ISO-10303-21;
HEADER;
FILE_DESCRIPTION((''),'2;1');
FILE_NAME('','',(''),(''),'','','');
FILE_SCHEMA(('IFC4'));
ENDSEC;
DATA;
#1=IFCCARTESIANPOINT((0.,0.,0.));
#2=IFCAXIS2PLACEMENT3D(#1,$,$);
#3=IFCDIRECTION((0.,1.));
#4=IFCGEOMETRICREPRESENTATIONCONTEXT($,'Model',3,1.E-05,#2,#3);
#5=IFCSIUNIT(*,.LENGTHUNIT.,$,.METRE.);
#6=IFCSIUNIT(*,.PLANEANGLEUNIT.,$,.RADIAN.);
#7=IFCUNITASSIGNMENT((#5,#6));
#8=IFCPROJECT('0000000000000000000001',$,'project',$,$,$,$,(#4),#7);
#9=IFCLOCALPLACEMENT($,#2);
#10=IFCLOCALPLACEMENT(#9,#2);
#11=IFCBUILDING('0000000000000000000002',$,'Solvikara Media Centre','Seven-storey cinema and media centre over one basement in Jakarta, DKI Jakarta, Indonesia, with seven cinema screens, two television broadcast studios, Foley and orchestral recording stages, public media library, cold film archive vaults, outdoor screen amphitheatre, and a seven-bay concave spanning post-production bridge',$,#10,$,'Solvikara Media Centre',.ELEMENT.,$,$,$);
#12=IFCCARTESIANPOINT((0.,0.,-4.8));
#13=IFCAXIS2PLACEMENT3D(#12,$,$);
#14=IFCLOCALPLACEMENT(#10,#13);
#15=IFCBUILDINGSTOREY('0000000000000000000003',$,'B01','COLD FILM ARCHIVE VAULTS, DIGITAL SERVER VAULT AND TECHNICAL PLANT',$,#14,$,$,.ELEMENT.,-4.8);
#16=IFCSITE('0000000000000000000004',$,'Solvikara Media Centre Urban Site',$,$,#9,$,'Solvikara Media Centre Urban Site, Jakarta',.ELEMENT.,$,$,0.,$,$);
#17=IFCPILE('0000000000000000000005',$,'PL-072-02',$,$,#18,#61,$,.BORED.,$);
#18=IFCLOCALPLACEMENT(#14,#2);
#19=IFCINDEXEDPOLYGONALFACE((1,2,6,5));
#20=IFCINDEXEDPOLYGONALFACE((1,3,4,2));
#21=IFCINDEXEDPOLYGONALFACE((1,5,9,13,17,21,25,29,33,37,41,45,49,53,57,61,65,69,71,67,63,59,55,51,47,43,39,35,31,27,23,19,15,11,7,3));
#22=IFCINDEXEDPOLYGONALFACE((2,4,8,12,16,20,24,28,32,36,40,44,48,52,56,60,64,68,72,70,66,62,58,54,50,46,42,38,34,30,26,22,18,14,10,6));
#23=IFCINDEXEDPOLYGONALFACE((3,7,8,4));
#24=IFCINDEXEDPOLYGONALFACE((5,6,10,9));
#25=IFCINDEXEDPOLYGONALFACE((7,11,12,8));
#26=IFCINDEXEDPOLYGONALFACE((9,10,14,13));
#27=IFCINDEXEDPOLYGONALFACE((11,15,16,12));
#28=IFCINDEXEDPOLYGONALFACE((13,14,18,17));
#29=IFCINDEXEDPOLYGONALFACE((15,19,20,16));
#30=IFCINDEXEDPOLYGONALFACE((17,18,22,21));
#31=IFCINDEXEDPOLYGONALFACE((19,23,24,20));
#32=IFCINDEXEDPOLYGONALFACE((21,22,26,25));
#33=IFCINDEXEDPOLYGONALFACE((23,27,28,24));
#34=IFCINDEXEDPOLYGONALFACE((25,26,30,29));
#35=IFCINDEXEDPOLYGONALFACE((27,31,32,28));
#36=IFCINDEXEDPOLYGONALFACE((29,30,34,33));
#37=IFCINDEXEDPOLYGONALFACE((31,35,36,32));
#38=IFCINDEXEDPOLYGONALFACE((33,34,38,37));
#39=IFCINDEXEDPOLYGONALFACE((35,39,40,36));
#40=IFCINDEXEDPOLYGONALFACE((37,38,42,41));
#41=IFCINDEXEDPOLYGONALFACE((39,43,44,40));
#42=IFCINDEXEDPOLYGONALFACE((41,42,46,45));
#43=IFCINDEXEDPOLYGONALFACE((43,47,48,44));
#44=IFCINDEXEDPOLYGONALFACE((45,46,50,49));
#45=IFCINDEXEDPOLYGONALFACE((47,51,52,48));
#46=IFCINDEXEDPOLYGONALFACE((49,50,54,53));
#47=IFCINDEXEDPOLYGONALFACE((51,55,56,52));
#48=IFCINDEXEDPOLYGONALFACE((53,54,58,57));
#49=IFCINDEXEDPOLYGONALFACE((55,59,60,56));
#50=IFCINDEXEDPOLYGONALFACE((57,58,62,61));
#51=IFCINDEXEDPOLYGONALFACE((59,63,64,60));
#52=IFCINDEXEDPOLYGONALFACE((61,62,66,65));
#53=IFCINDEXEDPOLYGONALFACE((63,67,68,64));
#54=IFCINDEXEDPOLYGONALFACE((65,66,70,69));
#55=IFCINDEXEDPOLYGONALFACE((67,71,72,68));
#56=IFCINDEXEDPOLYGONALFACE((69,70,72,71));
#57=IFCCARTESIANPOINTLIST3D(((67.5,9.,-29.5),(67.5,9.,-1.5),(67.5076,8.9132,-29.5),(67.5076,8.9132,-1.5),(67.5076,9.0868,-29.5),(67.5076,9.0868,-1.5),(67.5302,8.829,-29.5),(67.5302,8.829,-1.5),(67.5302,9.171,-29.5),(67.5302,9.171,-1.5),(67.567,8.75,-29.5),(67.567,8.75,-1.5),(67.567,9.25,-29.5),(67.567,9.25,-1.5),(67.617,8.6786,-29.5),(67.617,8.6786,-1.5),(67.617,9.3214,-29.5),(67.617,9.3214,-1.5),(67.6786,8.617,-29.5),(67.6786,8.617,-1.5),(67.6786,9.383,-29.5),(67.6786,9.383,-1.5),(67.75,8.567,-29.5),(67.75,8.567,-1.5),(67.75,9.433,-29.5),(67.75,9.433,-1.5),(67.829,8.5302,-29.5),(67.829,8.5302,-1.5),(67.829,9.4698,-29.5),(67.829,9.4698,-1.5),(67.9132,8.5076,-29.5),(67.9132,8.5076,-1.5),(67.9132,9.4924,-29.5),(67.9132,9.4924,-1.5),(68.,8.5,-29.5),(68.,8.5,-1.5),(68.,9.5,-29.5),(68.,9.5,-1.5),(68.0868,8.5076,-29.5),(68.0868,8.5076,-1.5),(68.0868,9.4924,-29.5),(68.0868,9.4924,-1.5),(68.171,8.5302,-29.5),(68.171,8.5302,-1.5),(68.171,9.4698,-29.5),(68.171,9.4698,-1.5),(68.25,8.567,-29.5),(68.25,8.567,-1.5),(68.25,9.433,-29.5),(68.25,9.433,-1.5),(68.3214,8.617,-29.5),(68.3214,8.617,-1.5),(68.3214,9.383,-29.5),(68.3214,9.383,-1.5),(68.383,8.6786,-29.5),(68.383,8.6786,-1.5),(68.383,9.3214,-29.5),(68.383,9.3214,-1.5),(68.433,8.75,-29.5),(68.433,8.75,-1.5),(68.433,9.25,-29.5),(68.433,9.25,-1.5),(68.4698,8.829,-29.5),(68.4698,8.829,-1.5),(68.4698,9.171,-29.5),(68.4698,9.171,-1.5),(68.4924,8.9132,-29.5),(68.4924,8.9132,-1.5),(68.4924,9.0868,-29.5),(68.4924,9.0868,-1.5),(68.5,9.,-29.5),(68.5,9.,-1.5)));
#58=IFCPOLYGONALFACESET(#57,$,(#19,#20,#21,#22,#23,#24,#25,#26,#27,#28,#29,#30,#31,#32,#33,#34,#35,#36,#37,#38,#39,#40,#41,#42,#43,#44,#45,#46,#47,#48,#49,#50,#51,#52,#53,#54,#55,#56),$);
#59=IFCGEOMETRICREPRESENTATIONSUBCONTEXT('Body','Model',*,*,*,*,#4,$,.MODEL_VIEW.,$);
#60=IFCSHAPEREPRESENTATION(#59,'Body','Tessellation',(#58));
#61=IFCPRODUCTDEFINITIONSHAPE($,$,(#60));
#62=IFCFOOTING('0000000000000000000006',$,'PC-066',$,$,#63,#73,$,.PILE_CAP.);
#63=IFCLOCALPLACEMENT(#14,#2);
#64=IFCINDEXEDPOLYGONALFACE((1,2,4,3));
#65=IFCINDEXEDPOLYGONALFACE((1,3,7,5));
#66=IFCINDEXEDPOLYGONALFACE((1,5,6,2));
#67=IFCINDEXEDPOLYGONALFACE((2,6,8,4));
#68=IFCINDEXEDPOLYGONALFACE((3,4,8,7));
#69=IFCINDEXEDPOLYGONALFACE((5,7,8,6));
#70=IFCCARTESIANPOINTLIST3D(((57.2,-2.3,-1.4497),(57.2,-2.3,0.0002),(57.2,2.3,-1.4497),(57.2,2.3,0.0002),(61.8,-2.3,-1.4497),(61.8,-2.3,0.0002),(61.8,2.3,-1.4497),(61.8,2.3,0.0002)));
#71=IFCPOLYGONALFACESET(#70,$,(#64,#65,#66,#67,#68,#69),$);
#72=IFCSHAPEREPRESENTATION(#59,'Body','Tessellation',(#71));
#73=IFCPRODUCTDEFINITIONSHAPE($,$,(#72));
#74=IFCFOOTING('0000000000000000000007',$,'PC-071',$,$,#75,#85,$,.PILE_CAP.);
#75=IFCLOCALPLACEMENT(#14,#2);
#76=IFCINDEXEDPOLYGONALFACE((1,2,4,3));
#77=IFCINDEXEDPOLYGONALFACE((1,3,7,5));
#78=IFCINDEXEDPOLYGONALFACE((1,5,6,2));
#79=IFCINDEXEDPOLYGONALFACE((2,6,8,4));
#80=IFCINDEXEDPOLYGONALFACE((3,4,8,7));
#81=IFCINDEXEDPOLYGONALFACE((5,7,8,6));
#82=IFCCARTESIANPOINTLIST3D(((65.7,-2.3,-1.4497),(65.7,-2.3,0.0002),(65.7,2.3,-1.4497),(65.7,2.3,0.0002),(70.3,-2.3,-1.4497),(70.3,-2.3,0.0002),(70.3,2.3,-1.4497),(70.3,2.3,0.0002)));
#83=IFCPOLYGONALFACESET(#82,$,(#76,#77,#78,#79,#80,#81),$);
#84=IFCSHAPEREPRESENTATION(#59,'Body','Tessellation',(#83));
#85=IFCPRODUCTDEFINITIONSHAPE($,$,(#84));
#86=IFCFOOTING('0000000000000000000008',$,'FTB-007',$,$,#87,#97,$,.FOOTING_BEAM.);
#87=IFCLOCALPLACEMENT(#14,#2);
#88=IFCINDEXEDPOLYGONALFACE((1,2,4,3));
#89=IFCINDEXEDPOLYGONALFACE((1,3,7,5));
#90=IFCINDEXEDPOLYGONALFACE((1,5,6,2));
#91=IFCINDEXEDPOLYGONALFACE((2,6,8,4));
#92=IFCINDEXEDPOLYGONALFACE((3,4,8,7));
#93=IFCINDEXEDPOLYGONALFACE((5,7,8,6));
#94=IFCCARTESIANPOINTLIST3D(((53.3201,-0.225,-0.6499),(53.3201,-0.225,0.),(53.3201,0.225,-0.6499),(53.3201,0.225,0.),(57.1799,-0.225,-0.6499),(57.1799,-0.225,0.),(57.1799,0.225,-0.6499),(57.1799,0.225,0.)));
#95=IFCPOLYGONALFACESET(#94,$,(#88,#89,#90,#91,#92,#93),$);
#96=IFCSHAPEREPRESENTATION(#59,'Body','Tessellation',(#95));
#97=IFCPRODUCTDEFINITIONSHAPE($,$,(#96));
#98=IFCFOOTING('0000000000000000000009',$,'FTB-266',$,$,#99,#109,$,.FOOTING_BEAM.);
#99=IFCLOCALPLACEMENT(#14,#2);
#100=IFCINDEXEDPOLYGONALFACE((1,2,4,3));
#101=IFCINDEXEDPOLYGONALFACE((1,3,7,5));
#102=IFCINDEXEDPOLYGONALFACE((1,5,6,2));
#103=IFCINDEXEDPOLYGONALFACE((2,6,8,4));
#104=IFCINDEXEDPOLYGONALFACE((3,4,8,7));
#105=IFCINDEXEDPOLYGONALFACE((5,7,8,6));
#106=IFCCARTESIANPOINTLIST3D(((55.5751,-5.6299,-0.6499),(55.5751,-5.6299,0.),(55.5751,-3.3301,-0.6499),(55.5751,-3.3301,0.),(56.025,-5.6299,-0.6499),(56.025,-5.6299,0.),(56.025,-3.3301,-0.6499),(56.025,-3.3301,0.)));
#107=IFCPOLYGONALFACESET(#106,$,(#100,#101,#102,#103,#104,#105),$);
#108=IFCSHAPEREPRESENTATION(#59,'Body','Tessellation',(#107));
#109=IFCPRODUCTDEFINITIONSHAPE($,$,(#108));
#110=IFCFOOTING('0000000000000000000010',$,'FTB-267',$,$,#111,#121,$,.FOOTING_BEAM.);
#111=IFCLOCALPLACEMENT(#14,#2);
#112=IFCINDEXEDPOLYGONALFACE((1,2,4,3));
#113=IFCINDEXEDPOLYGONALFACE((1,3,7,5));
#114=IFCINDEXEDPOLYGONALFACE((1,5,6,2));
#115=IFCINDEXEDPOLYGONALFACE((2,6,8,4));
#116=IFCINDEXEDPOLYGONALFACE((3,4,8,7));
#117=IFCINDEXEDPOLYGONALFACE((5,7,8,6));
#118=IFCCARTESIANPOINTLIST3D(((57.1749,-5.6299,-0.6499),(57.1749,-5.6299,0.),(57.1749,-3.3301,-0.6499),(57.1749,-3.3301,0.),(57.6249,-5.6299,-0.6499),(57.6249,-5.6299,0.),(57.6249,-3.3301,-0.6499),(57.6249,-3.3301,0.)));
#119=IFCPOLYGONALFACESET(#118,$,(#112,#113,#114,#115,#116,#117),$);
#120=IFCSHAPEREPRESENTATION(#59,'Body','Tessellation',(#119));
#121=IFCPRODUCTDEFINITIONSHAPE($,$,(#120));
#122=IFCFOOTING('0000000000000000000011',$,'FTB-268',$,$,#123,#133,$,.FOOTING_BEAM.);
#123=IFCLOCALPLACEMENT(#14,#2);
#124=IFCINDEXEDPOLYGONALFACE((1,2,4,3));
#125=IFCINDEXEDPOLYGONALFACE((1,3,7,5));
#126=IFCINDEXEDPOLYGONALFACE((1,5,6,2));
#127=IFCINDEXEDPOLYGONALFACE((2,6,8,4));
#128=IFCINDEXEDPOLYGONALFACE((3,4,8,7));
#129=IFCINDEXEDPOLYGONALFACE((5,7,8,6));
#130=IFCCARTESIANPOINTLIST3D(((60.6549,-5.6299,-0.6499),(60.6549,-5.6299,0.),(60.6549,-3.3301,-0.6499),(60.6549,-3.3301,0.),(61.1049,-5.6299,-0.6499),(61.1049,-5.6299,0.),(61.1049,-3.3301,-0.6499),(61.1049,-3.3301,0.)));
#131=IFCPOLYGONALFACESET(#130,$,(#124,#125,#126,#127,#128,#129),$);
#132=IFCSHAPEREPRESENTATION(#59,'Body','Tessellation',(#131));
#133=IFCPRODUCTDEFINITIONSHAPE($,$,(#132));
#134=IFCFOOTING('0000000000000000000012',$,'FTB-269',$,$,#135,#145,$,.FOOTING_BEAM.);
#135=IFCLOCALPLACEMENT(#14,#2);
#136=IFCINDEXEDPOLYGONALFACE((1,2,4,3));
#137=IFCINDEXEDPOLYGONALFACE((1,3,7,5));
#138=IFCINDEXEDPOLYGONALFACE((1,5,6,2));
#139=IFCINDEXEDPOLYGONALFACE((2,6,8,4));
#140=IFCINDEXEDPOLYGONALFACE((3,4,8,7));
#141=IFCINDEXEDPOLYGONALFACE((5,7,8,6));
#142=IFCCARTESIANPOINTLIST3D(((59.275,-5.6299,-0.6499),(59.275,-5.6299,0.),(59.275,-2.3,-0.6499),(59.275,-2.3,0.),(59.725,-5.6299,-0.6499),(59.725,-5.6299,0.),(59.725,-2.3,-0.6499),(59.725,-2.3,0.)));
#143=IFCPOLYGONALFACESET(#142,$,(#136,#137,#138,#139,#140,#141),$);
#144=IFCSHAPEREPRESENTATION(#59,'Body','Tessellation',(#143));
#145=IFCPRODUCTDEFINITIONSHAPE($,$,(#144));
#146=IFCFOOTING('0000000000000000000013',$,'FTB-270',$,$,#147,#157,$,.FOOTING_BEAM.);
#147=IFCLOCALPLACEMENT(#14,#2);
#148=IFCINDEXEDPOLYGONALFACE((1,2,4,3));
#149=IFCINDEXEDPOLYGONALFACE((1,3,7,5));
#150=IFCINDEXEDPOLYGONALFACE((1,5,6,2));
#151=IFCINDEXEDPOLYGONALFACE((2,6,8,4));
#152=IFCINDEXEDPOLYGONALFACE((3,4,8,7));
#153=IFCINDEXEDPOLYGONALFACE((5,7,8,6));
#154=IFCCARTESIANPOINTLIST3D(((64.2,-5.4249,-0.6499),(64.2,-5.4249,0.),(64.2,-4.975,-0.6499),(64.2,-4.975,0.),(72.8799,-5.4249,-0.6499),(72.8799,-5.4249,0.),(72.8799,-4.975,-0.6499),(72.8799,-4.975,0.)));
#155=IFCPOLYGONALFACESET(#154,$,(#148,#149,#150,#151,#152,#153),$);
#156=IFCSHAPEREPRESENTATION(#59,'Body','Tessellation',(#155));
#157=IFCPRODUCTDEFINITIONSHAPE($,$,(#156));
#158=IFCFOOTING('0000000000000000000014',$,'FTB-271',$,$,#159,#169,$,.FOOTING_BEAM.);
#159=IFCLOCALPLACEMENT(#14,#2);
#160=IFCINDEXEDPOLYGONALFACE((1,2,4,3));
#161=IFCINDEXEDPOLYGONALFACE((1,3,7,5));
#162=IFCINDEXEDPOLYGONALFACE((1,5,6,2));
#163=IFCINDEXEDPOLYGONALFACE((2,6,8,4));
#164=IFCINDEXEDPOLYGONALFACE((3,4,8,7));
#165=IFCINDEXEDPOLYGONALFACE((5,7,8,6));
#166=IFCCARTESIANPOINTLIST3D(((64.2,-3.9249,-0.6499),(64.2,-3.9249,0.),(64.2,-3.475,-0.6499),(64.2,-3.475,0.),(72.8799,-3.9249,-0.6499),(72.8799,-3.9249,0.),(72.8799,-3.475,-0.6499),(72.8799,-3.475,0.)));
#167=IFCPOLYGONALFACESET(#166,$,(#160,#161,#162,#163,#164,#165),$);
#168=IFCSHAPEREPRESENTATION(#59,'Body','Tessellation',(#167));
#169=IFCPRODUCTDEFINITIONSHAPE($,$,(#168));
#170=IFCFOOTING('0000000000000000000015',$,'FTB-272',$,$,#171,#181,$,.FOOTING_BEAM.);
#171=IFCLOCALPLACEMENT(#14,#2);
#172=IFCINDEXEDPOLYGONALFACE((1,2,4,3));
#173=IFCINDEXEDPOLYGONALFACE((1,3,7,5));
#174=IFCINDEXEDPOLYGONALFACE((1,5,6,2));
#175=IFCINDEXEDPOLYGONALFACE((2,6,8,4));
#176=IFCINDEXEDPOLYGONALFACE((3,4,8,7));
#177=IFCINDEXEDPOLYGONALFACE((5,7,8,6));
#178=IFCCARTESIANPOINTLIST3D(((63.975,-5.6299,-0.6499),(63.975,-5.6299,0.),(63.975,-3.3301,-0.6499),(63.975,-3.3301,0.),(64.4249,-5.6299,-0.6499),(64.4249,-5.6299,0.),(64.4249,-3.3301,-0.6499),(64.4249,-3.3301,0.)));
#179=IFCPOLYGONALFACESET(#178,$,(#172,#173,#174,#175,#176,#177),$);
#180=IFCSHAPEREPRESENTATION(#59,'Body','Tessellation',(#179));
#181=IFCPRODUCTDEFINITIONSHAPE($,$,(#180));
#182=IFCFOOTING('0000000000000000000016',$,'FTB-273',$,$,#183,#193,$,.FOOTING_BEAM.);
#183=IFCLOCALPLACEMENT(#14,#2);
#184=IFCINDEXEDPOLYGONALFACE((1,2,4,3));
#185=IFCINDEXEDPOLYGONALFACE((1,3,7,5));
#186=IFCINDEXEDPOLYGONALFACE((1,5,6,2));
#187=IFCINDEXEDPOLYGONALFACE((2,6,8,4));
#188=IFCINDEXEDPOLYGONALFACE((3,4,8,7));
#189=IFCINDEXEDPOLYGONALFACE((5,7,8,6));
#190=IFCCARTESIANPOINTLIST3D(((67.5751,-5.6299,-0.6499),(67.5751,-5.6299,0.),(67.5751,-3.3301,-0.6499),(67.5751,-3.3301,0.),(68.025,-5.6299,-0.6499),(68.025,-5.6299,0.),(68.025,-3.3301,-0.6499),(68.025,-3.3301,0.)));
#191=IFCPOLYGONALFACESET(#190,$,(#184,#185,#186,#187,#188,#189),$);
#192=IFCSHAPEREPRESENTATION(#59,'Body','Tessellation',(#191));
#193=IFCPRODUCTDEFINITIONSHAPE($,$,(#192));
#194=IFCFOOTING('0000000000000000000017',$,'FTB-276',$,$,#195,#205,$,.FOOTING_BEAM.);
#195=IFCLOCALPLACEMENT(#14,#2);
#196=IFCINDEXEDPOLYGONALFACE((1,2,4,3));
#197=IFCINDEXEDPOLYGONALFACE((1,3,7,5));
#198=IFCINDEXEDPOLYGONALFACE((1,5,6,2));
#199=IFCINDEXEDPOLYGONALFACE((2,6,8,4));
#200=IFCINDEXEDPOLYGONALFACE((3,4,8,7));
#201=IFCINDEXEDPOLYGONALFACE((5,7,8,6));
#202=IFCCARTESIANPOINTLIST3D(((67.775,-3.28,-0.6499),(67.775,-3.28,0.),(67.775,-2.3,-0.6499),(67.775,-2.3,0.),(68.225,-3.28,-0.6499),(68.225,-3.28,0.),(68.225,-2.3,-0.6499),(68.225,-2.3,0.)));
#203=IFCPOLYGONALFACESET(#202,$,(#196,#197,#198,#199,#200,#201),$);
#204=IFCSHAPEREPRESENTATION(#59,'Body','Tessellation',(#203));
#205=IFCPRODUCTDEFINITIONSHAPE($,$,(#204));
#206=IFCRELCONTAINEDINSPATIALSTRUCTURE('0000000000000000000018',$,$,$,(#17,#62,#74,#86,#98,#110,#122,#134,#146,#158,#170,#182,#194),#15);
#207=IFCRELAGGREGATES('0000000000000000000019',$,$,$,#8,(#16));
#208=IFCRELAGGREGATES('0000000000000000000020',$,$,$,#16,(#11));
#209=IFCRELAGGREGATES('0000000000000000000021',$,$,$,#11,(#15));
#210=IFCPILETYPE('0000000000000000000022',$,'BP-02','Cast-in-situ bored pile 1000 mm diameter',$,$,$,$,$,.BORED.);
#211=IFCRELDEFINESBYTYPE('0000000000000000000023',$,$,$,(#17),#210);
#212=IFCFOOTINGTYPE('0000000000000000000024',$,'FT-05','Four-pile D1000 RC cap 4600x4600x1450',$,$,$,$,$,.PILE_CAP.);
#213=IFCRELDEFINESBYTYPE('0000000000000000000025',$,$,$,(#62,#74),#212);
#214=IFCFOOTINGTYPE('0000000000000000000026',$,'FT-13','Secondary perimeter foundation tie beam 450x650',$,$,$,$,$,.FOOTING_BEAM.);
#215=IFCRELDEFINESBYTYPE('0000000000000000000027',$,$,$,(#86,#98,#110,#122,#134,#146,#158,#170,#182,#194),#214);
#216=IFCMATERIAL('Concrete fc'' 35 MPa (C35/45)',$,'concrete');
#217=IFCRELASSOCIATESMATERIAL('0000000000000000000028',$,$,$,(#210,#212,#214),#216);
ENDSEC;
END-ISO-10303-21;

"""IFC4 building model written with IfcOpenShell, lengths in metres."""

from ifc_helpers import new_model, si_unit, direction, frame, origin, origin_2d, place, context, subcontext, project, spatial, rectangle, circle, extrude, material, material_profile, profile_set, type_object, element, save


model = new_model("IFC4")

# Units and contexts
model_context = context("Model", 3, precision=1e-05, world=origin(), true_north=direction((0.0, 1.0)))
body_context = subcontext(model_context, "Body", "Model", "MODEL_VIEW")
ifc_project = project(units=[si_unit("LENGTHUNIT", "METRE"), si_unit("PLANEANGLEUNIT", "RADIAN")], contexts=[model_context])

# Site, building, storey
site_placement = place(None, origin())
site = spatial("IfcSite", under=ifc_project, at=site_placement, Name="Solvikara Media Centre Urban Site", LongName="Solvikara Media Centre Urban Site, Jakarta", CompositionType="ELEMENT", RefElevation=0.0)
building_placement = place(site_placement, origin())
building = spatial("IfcBuilding", under=site, at=building_placement, Name="Solvikara Media Centre", Description="Seven-storey cinema and media centre over one basement in Jakarta, DKI Jakarta, Indonesia, with seven cinema screens, two television broadcast studios, Foley and orchestral recording stages, public media library, cold film archive vaults, outdoor screen amphitheatre, and a seven-bay concave spanning post-production bridge", LongName="Solvikara Media Centre", CompositionType="ELEMENT")
storey_placement = place(building_placement, frame((0.0, 0.0, -4.8)))
storey = spatial("IfcBuildingStorey", under=building, at=storey_placement, Name="B01", Description="COLD FILM ARCHIVE VAULTS, DIGITAL SERVER VAULT AND TECHNICAL PLANT", CompositionType="ELEMENT", Elevation=-4.8)

# Pile
ifc_material_1 = material(Name="Concrete fc' 35 MPa (C35/45)", Category="concrete")
ifc_material_profile_1 = material_profile(ifc_material_1, circle(Radius=0.5, at=origin_2d()), Name="BORED PILE D1000")
ifc_profile_set_1 = profile_set([ifc_material_profile_1], Name="Concrete fc' 35 MPa (C35/45)")
pile_type_1 = type_object("IfcPileType", Name="BP-02", Description="Cast-in-situ bored pile 1000 mm diameter", PredefinedType="BORED", material=ifc_profile_set_1)
for number, where, z_axis, x_axis, name in (
    (1, (68.0, 9.0, -1.5), (0.0, 0.0, -1.0), (1.0, 0.0, 0.0), "PL-072-02"),
):
    element("IfcPile", number, at=place(storey_placement, frame(where, z_axis=z_axis, x_axis=x_axis)), inside=storey, type_object=pile_type_1, Name=name, PredefinedType="BORED", context=body_context, shape_type="SweptSolid", body=[
        extrude(circle(Radius=0.5, at=origin_2d()), origin(), (0.0, 0.0, 1.0), 28.0),
    ])

# Footings
footing_type_1 = type_object("IfcFootingType", Name="FT-05", Description="Four-pile D1000 RC cap 4600x4600x1450", PredefinedType="PILE_CAP", material=ifc_material_1)
for number, where, z_axis, x_axis, name in (
    (2, (59.5, 0.0, -1.4497), (0.0, 0.0, 1.0), (1.0, 0.0, 0.0), "PC-066"),
    (3, (68.0, 0.0, -1.4497), (0.0, 0.0, 1.0), (1.0, 0.0, 0.0), "PC-071"),
):
    element("IfcFooting", number, at=place(storey_placement, frame(where, z_axis=z_axis, x_axis=x_axis)), inside=storey, type_object=footing_type_1, Name=name, PredefinedType="PILE_CAP", context=body_context, shape_type="SweptSolid", body=[
        extrude(rectangle(XDim=4.6001, YDim=4.6001, at=origin_2d()), origin(), (0.0, 0.0, 1.0), 1.45),
    ])
ifc_material_profile_2 = material_profile(ifc_material_1, rectangle(XDim=0.45, YDim=0.6499, at=origin_2d()), Name="RC 450x650")
ifc_profile_set_2 = profile_set([ifc_material_profile_2], Name="Concrete fc' 35 MPa (C35/45)")
footing_type_2 = type_object("IfcFootingType", Name="FT-13", Description="Secondary perimeter foundation tie beam 450x650", PredefinedType="FOOTING_BEAM", material=ifc_profile_set_2)
footing_1_placement = place(storey_placement, frame((53.3201, 0.0, -0.325), z_axis=(1.0, 0.0, 0.0), x_axis=(0.0, 1.0, 0.0)))
element("IfcFooting", 4, at=footing_1_placement, inside=storey, type_object=footing_type_2, Name="FTB-007", PredefinedType="FOOTING_BEAM", context=body_context, shape_type="SweptSolid", body=[
    extrude(rectangle(XDim=0.45, YDim=0.6499, at=origin_2d()), origin(), (0.0, 0.0, 1.0), 3.8599),
])
for number, where, z_axis, x_axis, name in (
    (5, (55.8, -5.6299, -0.325), (0.0, 1.0, 0.0), (-1.0, 0.0, 0.0), "FTB-266"),
    (6, (57.3999, -5.6299, -0.325), (0.0, 1.0, 0.0), (-1.0, 0.0, 0.0), "FTB-267"),
    (7, (60.8799, -5.6299, -0.325), (0.0, 1.0, 0.0), (-1.0, 0.0, 0.0), "FTB-268"),
):
    element("IfcFooting", number, at=place(storey_placement, frame(where, z_axis=z_axis, x_axis=x_axis)), inside=storey, type_object=footing_type_2, Name=name, PredefinedType="FOOTING_BEAM", context=body_context, shape_type="SweptSolid", body=[
        extrude(rectangle(XDim=0.45, YDim=0.6499, at=origin_2d()), origin(), (0.0, 0.0, 1.0), 2.2998),
    ])
footing_2_placement = place(storey_placement, frame((59.5, -5.6299, -0.325), z_axis=(0.0, 1.0, 0.0), x_axis=(-1.0, 0.0, 0.0)))
element("IfcFooting", 8, at=footing_2_placement, inside=storey, type_object=footing_type_2, Name="FTB-269", PredefinedType="FOOTING_BEAM", context=body_context, shape_type="SweptSolid", body=[
    extrude(rectangle(XDim=0.45, YDim=0.6499, at=origin_2d()), origin(), (0.0, 0.0, 1.0), 3.3298),
])
for number, where, z_axis, x_axis, name in (
    (9, (64.2, -5.2, -0.325), (1.0, 0.0, 0.0), (0.0, 1.0, 0.0), "FTB-270"),
    (10, (64.2, -3.7, -0.325), (1.0, 0.0, 0.0), (0.0, 1.0, 0.0), "FTB-271"),
):
    element("IfcFooting", number, at=place(storey_placement, frame(where, z_axis=z_axis, x_axis=x_axis)), inside=storey, type_object=footing_type_2, Name=name, PredefinedType="FOOTING_BEAM", context=body_context, shape_type="SweptSolid", body=[
        extrude(rectangle(XDim=0.45, YDim=0.6499, at=origin_2d()), origin(), (0.0, 0.0, 1.0), 8.6799),
    ])
for number, where, z_axis, x_axis, name in (
    (11, (64.2, -5.6299, -0.325), (0.0, 1.0, 0.0), (-1.0, 0.0, 0.0), "FTB-272"),
    (12, (67.8, -5.6299, -0.325), (0.0, 1.0, 0.0), (-1.0, 0.0, 0.0), "FTB-273"),
):
    element("IfcFooting", number, at=place(storey_placement, frame(where, z_axis=z_axis, x_axis=x_axis)), inside=storey, type_object=footing_type_2, Name=name, PredefinedType="FOOTING_BEAM", context=body_context, shape_type="SweptSolid", body=[
        extrude(rectangle(XDim=0.45, YDim=0.6499, at=origin_2d()), origin(), (0.0, 0.0, 1.0), 2.2998),
    ])
footing_3_placement = place(storey_placement, frame((68.0, -3.28, -0.325), z_axis=(0.0, 1.0, 0.0), x_axis=(-1.0, 0.0, 0.0)))
element("IfcFooting", 13, at=footing_3_placement, inside=storey, type_object=footing_type_2, Name="FTB-276", PredefinedType="FOOTING_BEAM", context=body_context, shape_type="SweptSolid", body=[
    extrude(rectangle(XDim=0.45, YDim=0.6499, at=origin_2d()), origin(), (0.0, 0.0, 1.0), 0.98),
])

save(model, "model.ifc")
